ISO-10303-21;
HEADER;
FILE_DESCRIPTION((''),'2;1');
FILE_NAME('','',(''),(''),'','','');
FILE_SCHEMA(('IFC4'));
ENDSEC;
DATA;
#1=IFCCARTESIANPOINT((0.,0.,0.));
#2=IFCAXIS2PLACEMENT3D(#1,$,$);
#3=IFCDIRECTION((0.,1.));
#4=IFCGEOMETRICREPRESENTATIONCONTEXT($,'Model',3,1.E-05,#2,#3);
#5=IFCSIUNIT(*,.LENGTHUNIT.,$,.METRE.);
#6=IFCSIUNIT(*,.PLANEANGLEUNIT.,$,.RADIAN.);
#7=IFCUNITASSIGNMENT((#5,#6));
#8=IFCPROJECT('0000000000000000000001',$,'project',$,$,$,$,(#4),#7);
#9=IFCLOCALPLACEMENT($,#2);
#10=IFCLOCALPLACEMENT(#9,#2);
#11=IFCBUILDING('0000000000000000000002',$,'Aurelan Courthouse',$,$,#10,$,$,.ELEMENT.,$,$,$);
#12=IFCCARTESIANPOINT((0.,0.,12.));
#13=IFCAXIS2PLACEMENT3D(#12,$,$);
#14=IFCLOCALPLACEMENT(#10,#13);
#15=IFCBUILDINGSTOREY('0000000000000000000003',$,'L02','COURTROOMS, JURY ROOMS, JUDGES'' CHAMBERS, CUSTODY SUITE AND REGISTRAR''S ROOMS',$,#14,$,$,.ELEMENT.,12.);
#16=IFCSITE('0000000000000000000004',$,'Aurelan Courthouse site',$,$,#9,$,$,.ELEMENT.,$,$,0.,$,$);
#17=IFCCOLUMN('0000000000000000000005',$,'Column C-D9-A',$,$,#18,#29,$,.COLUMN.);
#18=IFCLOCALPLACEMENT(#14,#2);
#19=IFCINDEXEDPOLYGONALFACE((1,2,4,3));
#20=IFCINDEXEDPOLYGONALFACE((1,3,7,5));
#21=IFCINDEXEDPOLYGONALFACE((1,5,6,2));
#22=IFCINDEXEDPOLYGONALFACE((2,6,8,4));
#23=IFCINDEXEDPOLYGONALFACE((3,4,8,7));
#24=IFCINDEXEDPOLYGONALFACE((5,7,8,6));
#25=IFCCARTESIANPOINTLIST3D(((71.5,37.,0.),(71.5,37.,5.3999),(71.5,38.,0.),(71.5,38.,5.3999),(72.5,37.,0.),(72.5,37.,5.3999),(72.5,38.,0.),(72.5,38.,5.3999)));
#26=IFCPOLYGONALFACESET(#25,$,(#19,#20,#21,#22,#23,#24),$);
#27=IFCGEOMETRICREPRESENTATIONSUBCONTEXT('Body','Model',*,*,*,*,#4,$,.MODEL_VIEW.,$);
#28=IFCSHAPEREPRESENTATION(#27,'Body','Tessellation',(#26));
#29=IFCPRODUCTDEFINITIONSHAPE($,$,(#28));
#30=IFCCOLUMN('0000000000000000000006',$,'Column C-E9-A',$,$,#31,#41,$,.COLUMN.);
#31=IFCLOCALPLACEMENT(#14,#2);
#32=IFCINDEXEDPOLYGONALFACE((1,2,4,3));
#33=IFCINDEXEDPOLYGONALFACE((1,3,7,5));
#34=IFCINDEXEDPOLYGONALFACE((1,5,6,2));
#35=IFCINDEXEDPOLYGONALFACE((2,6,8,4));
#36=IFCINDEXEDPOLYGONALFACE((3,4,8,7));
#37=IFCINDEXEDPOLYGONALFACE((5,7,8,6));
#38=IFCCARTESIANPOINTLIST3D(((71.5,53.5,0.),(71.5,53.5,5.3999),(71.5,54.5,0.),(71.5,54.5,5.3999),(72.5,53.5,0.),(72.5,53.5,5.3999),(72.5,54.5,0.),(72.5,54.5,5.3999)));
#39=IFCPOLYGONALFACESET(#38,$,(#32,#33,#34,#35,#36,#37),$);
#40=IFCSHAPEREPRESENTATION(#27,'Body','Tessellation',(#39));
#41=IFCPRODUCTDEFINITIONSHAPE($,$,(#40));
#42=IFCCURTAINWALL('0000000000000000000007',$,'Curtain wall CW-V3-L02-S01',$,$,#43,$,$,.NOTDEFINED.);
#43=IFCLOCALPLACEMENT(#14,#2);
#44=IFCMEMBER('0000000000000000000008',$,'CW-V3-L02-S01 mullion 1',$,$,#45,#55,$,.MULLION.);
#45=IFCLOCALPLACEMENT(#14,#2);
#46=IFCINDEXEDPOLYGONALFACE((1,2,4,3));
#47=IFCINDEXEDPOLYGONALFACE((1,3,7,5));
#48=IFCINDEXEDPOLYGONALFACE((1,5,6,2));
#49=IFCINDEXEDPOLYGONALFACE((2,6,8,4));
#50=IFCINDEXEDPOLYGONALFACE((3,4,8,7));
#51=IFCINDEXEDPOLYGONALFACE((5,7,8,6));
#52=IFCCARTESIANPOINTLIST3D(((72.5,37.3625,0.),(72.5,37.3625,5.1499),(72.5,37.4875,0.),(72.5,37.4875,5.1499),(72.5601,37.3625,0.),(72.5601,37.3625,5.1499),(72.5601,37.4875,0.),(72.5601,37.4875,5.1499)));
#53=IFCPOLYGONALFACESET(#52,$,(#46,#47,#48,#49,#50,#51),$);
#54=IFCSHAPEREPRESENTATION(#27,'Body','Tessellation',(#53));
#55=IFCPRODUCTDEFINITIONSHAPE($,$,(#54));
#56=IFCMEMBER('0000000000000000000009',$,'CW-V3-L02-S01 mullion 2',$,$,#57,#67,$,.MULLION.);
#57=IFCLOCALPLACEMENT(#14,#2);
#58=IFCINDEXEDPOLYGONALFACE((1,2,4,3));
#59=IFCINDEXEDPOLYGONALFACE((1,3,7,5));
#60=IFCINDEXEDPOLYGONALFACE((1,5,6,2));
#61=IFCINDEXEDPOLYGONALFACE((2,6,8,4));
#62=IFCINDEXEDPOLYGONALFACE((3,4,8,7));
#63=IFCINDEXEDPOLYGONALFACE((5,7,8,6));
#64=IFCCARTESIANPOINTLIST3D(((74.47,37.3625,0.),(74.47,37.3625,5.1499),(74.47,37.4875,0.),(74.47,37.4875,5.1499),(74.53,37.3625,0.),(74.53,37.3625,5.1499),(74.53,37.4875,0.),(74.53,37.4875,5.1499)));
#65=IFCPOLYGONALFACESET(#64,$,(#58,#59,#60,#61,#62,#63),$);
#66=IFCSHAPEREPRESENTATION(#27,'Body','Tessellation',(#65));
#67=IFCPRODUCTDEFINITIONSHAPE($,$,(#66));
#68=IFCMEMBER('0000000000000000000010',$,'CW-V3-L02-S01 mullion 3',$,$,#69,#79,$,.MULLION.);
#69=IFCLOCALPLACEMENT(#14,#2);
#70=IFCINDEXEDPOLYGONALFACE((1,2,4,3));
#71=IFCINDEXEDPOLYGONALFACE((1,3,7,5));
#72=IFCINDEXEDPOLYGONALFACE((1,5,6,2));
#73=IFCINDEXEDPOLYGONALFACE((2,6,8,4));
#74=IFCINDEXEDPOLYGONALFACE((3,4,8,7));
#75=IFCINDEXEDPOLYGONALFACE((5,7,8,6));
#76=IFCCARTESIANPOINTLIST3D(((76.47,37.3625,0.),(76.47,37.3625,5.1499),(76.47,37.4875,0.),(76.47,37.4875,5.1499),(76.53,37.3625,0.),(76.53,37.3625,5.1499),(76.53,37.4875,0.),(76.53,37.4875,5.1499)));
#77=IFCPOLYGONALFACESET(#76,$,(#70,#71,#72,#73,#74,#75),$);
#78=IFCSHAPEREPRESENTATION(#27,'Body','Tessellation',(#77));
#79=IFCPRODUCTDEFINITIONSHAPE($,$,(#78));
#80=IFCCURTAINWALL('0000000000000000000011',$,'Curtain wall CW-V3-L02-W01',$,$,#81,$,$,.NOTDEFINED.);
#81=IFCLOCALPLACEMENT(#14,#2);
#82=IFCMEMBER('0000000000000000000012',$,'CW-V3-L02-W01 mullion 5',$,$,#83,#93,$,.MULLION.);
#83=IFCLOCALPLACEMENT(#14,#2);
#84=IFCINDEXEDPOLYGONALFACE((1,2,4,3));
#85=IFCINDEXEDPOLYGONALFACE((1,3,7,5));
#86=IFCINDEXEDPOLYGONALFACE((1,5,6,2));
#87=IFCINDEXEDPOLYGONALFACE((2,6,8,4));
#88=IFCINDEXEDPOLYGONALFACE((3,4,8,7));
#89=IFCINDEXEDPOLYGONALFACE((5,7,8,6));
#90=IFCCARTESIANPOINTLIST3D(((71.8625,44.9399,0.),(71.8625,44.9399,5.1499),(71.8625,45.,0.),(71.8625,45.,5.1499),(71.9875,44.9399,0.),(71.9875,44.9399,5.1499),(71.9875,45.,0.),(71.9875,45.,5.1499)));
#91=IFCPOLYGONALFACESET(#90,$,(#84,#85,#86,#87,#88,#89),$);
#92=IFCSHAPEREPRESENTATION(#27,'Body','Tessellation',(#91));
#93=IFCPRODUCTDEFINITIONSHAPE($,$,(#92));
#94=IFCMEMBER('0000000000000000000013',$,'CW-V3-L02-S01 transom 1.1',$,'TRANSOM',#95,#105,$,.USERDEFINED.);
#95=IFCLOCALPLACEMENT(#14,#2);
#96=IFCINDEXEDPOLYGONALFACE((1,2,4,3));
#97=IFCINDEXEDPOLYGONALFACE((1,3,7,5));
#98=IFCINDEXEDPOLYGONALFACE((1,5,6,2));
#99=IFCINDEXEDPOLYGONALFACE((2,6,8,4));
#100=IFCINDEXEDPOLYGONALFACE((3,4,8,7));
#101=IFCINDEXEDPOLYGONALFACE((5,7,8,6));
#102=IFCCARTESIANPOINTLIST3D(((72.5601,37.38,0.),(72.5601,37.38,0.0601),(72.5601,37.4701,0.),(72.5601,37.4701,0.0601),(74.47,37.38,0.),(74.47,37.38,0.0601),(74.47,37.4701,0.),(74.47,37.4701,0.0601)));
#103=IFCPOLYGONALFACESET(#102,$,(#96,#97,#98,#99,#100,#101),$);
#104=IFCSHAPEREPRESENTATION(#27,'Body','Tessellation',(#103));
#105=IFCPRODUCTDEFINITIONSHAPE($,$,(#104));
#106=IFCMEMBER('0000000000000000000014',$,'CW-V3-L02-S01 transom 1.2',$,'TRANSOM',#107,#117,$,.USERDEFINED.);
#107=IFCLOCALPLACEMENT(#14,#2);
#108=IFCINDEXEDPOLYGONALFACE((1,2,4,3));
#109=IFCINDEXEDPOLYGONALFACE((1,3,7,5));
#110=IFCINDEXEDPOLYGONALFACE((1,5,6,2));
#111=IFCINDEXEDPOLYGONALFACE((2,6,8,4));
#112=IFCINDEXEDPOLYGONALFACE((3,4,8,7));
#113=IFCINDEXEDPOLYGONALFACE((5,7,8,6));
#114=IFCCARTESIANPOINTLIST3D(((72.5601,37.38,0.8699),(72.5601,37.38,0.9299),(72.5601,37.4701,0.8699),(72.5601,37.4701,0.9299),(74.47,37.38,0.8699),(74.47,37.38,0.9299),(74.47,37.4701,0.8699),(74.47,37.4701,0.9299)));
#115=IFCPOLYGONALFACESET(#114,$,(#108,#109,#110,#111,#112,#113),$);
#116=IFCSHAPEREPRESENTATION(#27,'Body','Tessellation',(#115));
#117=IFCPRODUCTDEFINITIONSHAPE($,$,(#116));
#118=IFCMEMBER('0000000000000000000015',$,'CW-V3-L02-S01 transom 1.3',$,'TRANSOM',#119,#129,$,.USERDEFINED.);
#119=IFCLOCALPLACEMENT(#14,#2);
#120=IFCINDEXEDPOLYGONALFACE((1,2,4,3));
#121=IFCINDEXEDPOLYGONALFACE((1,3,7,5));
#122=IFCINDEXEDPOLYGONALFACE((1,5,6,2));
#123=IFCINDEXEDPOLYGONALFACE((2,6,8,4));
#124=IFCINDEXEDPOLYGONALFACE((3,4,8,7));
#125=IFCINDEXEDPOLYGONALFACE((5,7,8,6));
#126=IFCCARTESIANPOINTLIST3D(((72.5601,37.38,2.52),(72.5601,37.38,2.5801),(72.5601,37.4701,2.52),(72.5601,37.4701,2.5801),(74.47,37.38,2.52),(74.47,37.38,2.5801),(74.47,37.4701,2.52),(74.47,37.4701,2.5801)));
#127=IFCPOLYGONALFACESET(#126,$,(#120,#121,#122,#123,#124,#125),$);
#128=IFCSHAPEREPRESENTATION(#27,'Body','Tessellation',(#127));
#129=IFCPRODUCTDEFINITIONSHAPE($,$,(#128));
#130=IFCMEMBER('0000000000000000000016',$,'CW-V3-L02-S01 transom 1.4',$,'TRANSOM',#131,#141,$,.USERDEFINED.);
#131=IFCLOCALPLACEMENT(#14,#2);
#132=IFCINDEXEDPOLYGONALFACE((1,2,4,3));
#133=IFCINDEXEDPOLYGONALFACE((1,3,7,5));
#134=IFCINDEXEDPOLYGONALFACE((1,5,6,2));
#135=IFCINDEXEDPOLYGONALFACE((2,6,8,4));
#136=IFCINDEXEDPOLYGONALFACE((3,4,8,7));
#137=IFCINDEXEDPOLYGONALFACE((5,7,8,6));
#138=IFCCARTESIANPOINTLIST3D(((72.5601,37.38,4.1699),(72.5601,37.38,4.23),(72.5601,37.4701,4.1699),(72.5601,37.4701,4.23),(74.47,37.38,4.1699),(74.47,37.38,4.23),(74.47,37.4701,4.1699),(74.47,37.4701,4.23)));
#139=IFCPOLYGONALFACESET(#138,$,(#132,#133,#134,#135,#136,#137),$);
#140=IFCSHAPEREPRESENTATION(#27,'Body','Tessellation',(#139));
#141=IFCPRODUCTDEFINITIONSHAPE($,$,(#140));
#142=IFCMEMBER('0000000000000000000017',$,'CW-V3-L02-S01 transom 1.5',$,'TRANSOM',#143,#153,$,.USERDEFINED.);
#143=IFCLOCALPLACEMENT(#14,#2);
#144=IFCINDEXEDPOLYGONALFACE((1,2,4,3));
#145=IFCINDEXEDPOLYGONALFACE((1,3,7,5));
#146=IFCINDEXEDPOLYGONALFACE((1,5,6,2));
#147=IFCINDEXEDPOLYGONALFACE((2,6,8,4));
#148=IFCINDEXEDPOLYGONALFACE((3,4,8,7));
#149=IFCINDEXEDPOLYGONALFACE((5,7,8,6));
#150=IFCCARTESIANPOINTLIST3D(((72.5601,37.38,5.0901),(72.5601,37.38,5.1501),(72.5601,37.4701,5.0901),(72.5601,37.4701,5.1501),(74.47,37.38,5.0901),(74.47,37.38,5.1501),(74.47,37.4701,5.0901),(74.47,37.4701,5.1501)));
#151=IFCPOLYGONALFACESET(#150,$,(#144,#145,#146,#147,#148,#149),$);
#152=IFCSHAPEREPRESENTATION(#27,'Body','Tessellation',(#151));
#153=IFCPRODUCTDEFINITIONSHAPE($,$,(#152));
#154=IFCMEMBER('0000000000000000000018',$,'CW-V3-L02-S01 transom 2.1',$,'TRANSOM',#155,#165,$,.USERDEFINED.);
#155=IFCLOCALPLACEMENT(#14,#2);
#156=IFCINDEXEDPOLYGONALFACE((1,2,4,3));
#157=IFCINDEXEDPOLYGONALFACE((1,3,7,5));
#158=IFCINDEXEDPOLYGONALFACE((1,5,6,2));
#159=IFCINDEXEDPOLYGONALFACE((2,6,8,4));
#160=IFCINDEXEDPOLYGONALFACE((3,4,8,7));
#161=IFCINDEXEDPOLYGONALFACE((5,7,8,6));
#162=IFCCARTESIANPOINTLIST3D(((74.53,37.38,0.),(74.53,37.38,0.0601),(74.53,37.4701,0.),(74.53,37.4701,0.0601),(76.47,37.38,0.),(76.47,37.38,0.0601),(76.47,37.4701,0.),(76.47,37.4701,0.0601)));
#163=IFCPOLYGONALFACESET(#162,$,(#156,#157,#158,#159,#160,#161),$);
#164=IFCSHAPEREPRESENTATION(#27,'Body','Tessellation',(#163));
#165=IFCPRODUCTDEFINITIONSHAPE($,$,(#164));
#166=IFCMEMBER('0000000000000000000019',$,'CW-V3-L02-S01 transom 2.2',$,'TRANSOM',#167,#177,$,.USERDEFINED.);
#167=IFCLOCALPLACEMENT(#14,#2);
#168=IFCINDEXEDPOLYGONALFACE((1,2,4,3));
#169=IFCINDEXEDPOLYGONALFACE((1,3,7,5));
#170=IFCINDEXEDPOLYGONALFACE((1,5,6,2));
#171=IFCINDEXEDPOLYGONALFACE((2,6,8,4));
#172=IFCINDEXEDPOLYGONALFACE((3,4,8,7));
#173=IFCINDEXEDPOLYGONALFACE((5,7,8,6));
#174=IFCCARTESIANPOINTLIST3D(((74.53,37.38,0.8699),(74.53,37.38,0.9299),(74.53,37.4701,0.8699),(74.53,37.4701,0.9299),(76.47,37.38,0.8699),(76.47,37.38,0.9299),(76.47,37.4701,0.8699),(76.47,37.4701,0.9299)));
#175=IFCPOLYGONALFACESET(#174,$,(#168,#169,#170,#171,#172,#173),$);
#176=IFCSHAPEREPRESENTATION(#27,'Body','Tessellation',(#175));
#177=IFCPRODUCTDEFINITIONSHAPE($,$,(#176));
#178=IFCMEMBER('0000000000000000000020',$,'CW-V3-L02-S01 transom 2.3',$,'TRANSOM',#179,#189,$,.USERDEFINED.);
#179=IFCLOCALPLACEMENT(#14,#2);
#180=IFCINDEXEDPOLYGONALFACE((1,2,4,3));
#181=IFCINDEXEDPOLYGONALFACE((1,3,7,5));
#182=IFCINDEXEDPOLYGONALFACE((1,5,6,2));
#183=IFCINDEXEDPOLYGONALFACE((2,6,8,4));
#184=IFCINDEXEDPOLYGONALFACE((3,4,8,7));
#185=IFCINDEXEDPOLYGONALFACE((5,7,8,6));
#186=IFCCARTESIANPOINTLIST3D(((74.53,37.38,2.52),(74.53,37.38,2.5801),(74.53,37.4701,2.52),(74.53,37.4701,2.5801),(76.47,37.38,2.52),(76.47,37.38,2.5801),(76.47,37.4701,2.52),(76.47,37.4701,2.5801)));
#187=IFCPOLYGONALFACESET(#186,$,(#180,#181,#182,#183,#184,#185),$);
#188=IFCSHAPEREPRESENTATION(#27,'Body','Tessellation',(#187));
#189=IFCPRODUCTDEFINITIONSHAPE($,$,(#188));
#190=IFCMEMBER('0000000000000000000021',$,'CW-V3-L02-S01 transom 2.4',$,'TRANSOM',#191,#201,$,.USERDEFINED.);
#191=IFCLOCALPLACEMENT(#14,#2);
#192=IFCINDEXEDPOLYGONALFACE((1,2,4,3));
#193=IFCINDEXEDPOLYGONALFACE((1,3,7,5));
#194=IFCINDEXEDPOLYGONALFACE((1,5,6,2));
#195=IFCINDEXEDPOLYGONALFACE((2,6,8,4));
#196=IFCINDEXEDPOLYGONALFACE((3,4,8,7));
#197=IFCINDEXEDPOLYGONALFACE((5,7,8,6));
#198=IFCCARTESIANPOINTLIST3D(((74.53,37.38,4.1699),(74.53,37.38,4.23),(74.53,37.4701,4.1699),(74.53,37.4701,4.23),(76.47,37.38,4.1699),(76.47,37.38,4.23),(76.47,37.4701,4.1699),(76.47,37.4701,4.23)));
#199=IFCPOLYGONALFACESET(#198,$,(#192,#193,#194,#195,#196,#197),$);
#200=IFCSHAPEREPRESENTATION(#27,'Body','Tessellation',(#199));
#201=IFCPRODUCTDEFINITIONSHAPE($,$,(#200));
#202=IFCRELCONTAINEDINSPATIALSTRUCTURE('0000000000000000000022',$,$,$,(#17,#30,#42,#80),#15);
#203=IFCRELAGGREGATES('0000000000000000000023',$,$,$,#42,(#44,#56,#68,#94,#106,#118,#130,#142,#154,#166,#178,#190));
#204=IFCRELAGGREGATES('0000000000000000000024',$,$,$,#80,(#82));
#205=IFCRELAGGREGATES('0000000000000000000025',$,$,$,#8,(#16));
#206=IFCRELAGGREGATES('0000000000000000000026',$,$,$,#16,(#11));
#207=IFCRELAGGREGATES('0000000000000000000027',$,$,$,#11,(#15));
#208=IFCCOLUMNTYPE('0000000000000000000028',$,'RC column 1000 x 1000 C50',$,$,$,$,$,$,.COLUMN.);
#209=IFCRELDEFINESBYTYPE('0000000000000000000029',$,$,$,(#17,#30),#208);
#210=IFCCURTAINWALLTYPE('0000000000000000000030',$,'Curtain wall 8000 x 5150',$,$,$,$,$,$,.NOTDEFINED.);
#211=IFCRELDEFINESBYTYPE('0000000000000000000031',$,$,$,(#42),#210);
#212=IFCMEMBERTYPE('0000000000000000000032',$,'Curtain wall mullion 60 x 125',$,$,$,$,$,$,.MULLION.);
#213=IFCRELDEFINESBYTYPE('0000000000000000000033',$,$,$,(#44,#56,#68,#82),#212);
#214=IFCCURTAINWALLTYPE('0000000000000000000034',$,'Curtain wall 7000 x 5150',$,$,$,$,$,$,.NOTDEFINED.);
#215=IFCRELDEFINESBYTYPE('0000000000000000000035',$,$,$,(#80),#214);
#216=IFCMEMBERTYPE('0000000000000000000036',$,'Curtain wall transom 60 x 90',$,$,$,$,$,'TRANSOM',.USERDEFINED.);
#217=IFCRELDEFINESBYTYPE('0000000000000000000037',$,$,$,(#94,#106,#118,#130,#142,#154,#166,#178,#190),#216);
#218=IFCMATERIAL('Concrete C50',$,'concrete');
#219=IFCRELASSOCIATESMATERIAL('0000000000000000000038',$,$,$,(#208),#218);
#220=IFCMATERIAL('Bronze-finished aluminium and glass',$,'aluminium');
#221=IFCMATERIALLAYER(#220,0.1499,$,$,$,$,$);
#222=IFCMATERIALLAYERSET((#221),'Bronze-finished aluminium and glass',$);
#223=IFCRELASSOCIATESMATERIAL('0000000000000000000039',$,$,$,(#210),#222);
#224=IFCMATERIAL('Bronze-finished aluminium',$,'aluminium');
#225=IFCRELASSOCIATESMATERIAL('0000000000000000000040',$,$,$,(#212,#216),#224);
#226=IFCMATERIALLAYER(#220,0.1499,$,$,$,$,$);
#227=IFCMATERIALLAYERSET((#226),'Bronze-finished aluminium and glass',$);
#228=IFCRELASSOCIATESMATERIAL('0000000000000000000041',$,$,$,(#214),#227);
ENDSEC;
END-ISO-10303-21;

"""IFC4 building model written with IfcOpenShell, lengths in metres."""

from ifc_helpers import new_model, si_unit, direction, frame, origin, origin_2d, place, context, subcontext, project, spatial, rectangle, extrude, material, layer, layer_set, material_profile, profile_set, type_object, element, aggregate, save


model = new_model("IFC4")

# Units and contexts
model_context = context("Model", 3, precision=1e-05, world=origin(), true_north=direction((0.0, 1.0)))
body_context = subcontext(model_context, "Body", "Model", "MODEL_VIEW")
ifc_project = project(units=[si_unit("LENGTHUNIT", "METRE"), si_unit("PLANEANGLEUNIT", "RADIAN")], contexts=[model_context])

# Site, building, storey
site_placement = place(None, origin())
site = spatial("IfcSite", under=ifc_project, at=site_placement, Name="Aurelan Courthouse site", CompositionType="ELEMENT", RefElevation=0.0)
building_placement = place(site_placement, origin())
building = spatial("IfcBuilding", under=site, at=building_placement, Name="Aurelan Courthouse", CompositionType="ELEMENT")
storey_placement = place(building_placement, frame((0.0, 0.0, 12.0)))
storey = spatial("IfcBuildingStorey", under=building, at=storey_placement, Name="L02", Description="COURTROOMS, JURY ROOMS, JUDGES' CHAMBERS, CUSTODY SUITE AND REGISTRAR'S ROOMS", CompositionType="ELEMENT", Elevation=12.0)

# Columns
ifc_material_1 = material(Name="Concrete C50", Category="concrete")
ifc_material_profile_1 = material_profile(ifc_material_1, rectangle(XDim=1.0, YDim=1.0, at=origin_2d()), Name="RC 1000 x 1000")
ifc_profile_set_1 = profile_set([ifc_material_profile_1], Name="Concrete C50")
column_type = type_object("IfcColumnType", Name="RC column 1000 x 1000 C50", PredefinedType="COLUMN", material=ifc_profile_set_1)
for number, where, z_axis, x_axis, name in (
    (1, (72.0, 37.5, 0.0), (0.0, 0.0, 1.0), (1.0, 0.0, 0.0), "Column C-D9-A"),
    (2, (72.0, 54.0, 0.0), (0.0, 0.0, 1.0), (1.0, 0.0, 0.0), "Column C-E9-A"),
):
    element("IfcColumn", number, at=place(storey_placement, frame(where, z_axis=z_axis, x_axis=x_axis)), inside=storey, type_object=column_type, Name=name, PredefinedType="COLUMN", context=body_context, shape_type="SweptSolid", body=[
        extrude(rectangle(XDim=1.0, YDim=1.0, at=origin_2d()), origin(), (0.0, 0.0, 1.0), 5.3999),
    ])

# Curtain wall, members
ifc_material_2 = material(Name="Bronze-finished aluminium and glass", Category="aluminium")
ifc_layer_1 = layer(ifc_material_2, 0.1499)
ifc_layer_set_1 = layer_set([ifc_layer_1], Name="Bronze-finished aluminium and glass")
curtain_wall_type_1 = type_object("IfcCurtainWallType", Name="Curtain wall 8000 x 5150", PredefinedType="NOTDEFINED", material=ifc_layer_set_1)
curtain_wall_1_placement = place(storey_placement, origin())
curtain_wall_1 = element("IfcCurtainWall", 3, at=curtain_wall_1_placement, inside=storey, type_object=curtain_wall_type_1, Name="Curtain wall CW-V3-L02-S01", PredefinedType="NOTDEFINED")
ifc_material_3 = material(Name="Bronze-finished aluminium", Category="aluminium")
ifc_material_profile_2 = material_profile(ifc_material_3, rectangle(XDim=0.125, YDim=0.0601, at=origin_2d()), Name="Bronze mullion 60 x 125")
ifc_profile_set_2 = profile_set([ifc_material_profile_2], Name="Bronze-finished aluminium")
member_type_1 = type_object("IfcMemberType", Name="Curtain wall mullion 60 x 125", PredefinedType="MULLION", material=ifc_profile_set_2)
member_1_placement = place(storey_placement, frame((72.53, 37.425, 0.0), z_axis=(0.0, 0.0, 1.0), x_axis=(0.0, 1.0, 0.0)))
member_1 = element("IfcMember", 4, at=member_1_placement, type_object=member_type_1, Name="CW-V3-L02-S01 mullion 1", PredefinedType="MULLION", context=body_context, shape_type="SweptSolid", body=[
    extrude(rectangle(XDim=0.125, YDim=0.0601, at=origin_2d()), origin(), (0.0, 0.0, 1.0), 5.1499),
])
member_2_placement = place(storey_placement, frame((74.5, 37.425, 0.0), z_axis=(0.0, 0.0, 1.0), x_axis=(0.0, 1.0, 0.0)))
member_2 = element("IfcMember", 5, at=member_2_placement, type_object=member_type_1, Name="CW-V3-L02-S01 mullion 2", PredefinedType="MULLION", context=body_context, shape_type="SweptSolid", body=[
    extrude(rectangle(XDim=0.125, YDim=0.0601, at=origin_2d()), origin(), (0.0, 0.0, 1.0), 5.1499),
])
member_3_placement = place(storey_placement, frame((76.5, 37.425, 0.0), z_axis=(0.0, 0.0, 1.0), x_axis=(0.0, 1.0, 0.0)))
member_3 = element("IfcMember", 6, at=member_3_placement, type_object=member_type_1, Name="CW-V3-L02-S01 mullion 3", PredefinedType="MULLION", context=body_context, shape_type="SweptSolid", body=[
    extrude(rectangle(XDim=0.125, YDim=0.0601, at=origin_2d()), origin(), (0.0, 0.0, 1.0), 5.1499),
])

# Curtain wall, member
ifc_layer_2 = layer(ifc_material_2, 0.1499)
ifc_layer_set_2 = layer_set([ifc_layer_2], Name="Bronze-finished aluminium and glass")
curtain_wall_type_2 = type_object("IfcCurtainWallType", Name="Curtain wall 7000 x 5150", PredefinedType="NOTDEFINED", material=ifc_layer_set_2)
curtain_wall_2_placement = place(storey_placement, origin())
curtain_wall_2 = element("IfcCurtainWall", 7, at=curtain_wall_2_placement, inside=storey, type_object=curtain_wall_type_2, Name="Curtain wall CW-V3-L02-W01", PredefinedType="NOTDEFINED")
member_4_placement = place(storey_placement, frame((71.925, 44.97, 0.0), z_axis=(0.0, 0.0, 1.0), x_axis=(-1.0, 0.0, 0.0)))
member_4 = element("IfcMember", 8, at=member_4_placement, type_object=member_type_1, Name="CW-V3-L02-W01 mullion 5", PredefinedType="MULLION", context=body_context, shape_type="SweptSolid", body=[
    extrude(rectangle(XDim=0.125, YDim=0.0601, at=origin_2d()), origin(), (0.0, 0.0, 1.0), 5.1499),
])

# Members
ifc_material_profile_3 = material_profile(ifc_material_3, rectangle(XDim=0.0901, YDim=0.0601, at=origin_2d()), Name="Bronze transom 60 x 90")
ifc_profile_set_3 = profile_set([ifc_material_profile_3], Name="Bronze-finished aluminium")
member_type_2 = type_object("IfcMemberType", Name="Curtain wall transom 60 x 90", ElementType="TRANSOM", PredefinedType="USERDEFINED", material=ifc_profile_set_3)
member_5_placement = place(storey_placement, frame((72.5601, 37.425, 0.03), z_axis=(1.0, 0.0, 0.0), x_axis=(0.0, 1.0, 0.0)))
member_5 = element("IfcMember", 9, at=member_5_placement, type_object=member_type_2, Name="CW-V3-L02-S01 transom 1.1", ObjectType="TRANSOM", PredefinedType="USERDEFINED", context=body_context, shape_type="SweptSolid", body=[
    extrude(rectangle(XDim=0.0901, YDim=0.0601, at=origin_2d()), origin(), (0.0, 0.0, 1.0), 1.9099),
])
member_6_placement = place(storey_placement, frame((72.5601, 37.425, 0.8999), z_axis=(1.0, 0.0, 0.0), x_axis=(0.0, 1.0, 0.0)))
member_6 = element("IfcMember", 10, at=member_6_placement, type_object=member_type_2, Name="CW-V3-L02-S01 transom 1.2", ObjectType="TRANSOM", PredefinedType="USERDEFINED", context=body_context, shape_type="SweptSolid", body=[
    extrude(rectangle(XDim=0.0901, YDim=0.0601, at=origin_2d()), origin(), (0.0, 0.0, 1.0), 1.9099),
])
member_7_placement = place(storey_placement, frame((72.5601, 37.425, 2.55), z_axis=(1.0, 0.0, 0.0), x_axis=(0.0, 1.0, 0.0)))
member_7 = element("IfcMember", 11, at=member_7_placement, type_object=member_type_2, Name="CW-V3-L02-S01 transom 1.3", ObjectType="TRANSOM", PredefinedType="USERDEFINED", context=body_context, shape_type="SweptSolid", body=[
    extrude(rectangle(XDim=0.0901, YDim=0.0601, at=origin_2d()), origin(), (0.0, 0.0, 1.0), 1.9099),
])
member_8_placement = place(storey_placement, frame((72.5601, 37.425, 4.2), z_axis=(1.0, 0.0, 0.0), x_axis=(0.0, 1.0, 0.0)))
member_8 = element("IfcMember", 12, at=member_8_placement, type_object=member_type_2, Name="CW-V3-L02-S01 transom 1.4", ObjectType="TRANSOM", PredefinedType="USERDEFINED", context=body_context, shape_type="SweptSolid", body=[
    extrude(rectangle(XDim=0.0901, YDim=0.0601, at=origin_2d()), origin(), (0.0, 0.0, 1.0), 1.9099),
])
member_9_placement = place(storey_placement, frame((72.5601, 37.425, 5.1201), z_axis=(1.0, 0.0, 0.0), x_axis=(0.0, 1.0, 0.0)))
member_9 = element("IfcMember", 13, at=member_9_placement, type_object=member_type_2, Name="CW-V3-L02-S01 transom 1.5", ObjectType="TRANSOM", PredefinedType="USERDEFINED", context=body_context, shape_type="SweptSolid", body=[
    extrude(rectangle(XDim=0.0901, YDim=0.0601, at=origin_2d()), origin(), (0.0, 0.0, 1.0), 1.9099),
])
member_10_placement = place(storey_placement, frame((74.53, 37.425, 0.03), z_axis=(1.0, 0.0, 0.0), x_axis=(0.0, 1.0, 0.0)))
member_10 = element("IfcMember", 14, at=member_10_placement, type_object=member_type_2, Name="CW-V3-L02-S01 transom 2.1", ObjectType="TRANSOM", PredefinedType="USERDEFINED", context=body_context, shape_type="SweptSolid", body=[
    extrude(rectangle(XDim=0.0901, YDim=0.0601, at=origin_2d()), origin(), (0.0, 0.0, 1.0), 1.9399),
])
member_11_placement = place(storey_placement, frame((74.53, 37.425, 0.8999), z_axis=(1.0, 0.0, 0.0), x_axis=(0.0, 1.0, 0.0)))
member_11 = element("IfcMember", 15, at=member_11_placement, type_object=member_type_2, Name="CW-V3-L02-S01 transom 2.2", ObjectType="TRANSOM", PredefinedType="USERDEFINED", context=body_context, shape_type="SweptSolid", body=[
    extrude(rectangle(XDim=0.0901, YDim=0.0601, at=origin_2d()), origin(), (0.0, 0.0, 1.0), 1.9399),
])
member_12_placement = place(storey_placement, frame((74.53, 37.425, 2.55), z_axis=(1.0, 0.0, 0.0), x_axis=(0.0, 1.0, 0.0)))
member_12 = element("IfcMember", 16, at=member_12_placement, type_object=member_type_2, Name="CW-V3-L02-S01 transom 2.3", ObjectType="TRANSOM", PredefinedType="USERDEFINED", context=body_context, shape_type="SweptSolid", body=[
    extrude(rectangle(XDim=0.0901, YDim=0.0601, at=origin_2d()), origin(), (0.0, 0.0, 1.0), 1.9399),
])
member_13_placement = place(storey_placement, frame((74.53, 37.425, 4.2), z_axis=(1.0, 0.0, 0.0), x_axis=(0.0, 1.0, 0.0)))
member_13 = element("IfcMember", 17, at=member_13_placement, type_object=member_type_2, Name="CW-V3-L02-S01 transom 2.4", ObjectType="TRANSOM", PredefinedType="USERDEFINED", context=body_context, shape_type="SweptSolid", body=[
    extrude(rectangle(XDim=0.0901, YDim=0.0601, at=origin_2d()), origin(), (0.0, 0.0, 1.0), 1.9399),
])

aggregate(curtain_wall_1, [member_1, member_2, member_3, member_5, member_6, member_7, member_8, member_9, member_10, member_11, member_12, member_13])
aggregate(curtain_wall_2, [member_4])

save(model, "model.ifc")
